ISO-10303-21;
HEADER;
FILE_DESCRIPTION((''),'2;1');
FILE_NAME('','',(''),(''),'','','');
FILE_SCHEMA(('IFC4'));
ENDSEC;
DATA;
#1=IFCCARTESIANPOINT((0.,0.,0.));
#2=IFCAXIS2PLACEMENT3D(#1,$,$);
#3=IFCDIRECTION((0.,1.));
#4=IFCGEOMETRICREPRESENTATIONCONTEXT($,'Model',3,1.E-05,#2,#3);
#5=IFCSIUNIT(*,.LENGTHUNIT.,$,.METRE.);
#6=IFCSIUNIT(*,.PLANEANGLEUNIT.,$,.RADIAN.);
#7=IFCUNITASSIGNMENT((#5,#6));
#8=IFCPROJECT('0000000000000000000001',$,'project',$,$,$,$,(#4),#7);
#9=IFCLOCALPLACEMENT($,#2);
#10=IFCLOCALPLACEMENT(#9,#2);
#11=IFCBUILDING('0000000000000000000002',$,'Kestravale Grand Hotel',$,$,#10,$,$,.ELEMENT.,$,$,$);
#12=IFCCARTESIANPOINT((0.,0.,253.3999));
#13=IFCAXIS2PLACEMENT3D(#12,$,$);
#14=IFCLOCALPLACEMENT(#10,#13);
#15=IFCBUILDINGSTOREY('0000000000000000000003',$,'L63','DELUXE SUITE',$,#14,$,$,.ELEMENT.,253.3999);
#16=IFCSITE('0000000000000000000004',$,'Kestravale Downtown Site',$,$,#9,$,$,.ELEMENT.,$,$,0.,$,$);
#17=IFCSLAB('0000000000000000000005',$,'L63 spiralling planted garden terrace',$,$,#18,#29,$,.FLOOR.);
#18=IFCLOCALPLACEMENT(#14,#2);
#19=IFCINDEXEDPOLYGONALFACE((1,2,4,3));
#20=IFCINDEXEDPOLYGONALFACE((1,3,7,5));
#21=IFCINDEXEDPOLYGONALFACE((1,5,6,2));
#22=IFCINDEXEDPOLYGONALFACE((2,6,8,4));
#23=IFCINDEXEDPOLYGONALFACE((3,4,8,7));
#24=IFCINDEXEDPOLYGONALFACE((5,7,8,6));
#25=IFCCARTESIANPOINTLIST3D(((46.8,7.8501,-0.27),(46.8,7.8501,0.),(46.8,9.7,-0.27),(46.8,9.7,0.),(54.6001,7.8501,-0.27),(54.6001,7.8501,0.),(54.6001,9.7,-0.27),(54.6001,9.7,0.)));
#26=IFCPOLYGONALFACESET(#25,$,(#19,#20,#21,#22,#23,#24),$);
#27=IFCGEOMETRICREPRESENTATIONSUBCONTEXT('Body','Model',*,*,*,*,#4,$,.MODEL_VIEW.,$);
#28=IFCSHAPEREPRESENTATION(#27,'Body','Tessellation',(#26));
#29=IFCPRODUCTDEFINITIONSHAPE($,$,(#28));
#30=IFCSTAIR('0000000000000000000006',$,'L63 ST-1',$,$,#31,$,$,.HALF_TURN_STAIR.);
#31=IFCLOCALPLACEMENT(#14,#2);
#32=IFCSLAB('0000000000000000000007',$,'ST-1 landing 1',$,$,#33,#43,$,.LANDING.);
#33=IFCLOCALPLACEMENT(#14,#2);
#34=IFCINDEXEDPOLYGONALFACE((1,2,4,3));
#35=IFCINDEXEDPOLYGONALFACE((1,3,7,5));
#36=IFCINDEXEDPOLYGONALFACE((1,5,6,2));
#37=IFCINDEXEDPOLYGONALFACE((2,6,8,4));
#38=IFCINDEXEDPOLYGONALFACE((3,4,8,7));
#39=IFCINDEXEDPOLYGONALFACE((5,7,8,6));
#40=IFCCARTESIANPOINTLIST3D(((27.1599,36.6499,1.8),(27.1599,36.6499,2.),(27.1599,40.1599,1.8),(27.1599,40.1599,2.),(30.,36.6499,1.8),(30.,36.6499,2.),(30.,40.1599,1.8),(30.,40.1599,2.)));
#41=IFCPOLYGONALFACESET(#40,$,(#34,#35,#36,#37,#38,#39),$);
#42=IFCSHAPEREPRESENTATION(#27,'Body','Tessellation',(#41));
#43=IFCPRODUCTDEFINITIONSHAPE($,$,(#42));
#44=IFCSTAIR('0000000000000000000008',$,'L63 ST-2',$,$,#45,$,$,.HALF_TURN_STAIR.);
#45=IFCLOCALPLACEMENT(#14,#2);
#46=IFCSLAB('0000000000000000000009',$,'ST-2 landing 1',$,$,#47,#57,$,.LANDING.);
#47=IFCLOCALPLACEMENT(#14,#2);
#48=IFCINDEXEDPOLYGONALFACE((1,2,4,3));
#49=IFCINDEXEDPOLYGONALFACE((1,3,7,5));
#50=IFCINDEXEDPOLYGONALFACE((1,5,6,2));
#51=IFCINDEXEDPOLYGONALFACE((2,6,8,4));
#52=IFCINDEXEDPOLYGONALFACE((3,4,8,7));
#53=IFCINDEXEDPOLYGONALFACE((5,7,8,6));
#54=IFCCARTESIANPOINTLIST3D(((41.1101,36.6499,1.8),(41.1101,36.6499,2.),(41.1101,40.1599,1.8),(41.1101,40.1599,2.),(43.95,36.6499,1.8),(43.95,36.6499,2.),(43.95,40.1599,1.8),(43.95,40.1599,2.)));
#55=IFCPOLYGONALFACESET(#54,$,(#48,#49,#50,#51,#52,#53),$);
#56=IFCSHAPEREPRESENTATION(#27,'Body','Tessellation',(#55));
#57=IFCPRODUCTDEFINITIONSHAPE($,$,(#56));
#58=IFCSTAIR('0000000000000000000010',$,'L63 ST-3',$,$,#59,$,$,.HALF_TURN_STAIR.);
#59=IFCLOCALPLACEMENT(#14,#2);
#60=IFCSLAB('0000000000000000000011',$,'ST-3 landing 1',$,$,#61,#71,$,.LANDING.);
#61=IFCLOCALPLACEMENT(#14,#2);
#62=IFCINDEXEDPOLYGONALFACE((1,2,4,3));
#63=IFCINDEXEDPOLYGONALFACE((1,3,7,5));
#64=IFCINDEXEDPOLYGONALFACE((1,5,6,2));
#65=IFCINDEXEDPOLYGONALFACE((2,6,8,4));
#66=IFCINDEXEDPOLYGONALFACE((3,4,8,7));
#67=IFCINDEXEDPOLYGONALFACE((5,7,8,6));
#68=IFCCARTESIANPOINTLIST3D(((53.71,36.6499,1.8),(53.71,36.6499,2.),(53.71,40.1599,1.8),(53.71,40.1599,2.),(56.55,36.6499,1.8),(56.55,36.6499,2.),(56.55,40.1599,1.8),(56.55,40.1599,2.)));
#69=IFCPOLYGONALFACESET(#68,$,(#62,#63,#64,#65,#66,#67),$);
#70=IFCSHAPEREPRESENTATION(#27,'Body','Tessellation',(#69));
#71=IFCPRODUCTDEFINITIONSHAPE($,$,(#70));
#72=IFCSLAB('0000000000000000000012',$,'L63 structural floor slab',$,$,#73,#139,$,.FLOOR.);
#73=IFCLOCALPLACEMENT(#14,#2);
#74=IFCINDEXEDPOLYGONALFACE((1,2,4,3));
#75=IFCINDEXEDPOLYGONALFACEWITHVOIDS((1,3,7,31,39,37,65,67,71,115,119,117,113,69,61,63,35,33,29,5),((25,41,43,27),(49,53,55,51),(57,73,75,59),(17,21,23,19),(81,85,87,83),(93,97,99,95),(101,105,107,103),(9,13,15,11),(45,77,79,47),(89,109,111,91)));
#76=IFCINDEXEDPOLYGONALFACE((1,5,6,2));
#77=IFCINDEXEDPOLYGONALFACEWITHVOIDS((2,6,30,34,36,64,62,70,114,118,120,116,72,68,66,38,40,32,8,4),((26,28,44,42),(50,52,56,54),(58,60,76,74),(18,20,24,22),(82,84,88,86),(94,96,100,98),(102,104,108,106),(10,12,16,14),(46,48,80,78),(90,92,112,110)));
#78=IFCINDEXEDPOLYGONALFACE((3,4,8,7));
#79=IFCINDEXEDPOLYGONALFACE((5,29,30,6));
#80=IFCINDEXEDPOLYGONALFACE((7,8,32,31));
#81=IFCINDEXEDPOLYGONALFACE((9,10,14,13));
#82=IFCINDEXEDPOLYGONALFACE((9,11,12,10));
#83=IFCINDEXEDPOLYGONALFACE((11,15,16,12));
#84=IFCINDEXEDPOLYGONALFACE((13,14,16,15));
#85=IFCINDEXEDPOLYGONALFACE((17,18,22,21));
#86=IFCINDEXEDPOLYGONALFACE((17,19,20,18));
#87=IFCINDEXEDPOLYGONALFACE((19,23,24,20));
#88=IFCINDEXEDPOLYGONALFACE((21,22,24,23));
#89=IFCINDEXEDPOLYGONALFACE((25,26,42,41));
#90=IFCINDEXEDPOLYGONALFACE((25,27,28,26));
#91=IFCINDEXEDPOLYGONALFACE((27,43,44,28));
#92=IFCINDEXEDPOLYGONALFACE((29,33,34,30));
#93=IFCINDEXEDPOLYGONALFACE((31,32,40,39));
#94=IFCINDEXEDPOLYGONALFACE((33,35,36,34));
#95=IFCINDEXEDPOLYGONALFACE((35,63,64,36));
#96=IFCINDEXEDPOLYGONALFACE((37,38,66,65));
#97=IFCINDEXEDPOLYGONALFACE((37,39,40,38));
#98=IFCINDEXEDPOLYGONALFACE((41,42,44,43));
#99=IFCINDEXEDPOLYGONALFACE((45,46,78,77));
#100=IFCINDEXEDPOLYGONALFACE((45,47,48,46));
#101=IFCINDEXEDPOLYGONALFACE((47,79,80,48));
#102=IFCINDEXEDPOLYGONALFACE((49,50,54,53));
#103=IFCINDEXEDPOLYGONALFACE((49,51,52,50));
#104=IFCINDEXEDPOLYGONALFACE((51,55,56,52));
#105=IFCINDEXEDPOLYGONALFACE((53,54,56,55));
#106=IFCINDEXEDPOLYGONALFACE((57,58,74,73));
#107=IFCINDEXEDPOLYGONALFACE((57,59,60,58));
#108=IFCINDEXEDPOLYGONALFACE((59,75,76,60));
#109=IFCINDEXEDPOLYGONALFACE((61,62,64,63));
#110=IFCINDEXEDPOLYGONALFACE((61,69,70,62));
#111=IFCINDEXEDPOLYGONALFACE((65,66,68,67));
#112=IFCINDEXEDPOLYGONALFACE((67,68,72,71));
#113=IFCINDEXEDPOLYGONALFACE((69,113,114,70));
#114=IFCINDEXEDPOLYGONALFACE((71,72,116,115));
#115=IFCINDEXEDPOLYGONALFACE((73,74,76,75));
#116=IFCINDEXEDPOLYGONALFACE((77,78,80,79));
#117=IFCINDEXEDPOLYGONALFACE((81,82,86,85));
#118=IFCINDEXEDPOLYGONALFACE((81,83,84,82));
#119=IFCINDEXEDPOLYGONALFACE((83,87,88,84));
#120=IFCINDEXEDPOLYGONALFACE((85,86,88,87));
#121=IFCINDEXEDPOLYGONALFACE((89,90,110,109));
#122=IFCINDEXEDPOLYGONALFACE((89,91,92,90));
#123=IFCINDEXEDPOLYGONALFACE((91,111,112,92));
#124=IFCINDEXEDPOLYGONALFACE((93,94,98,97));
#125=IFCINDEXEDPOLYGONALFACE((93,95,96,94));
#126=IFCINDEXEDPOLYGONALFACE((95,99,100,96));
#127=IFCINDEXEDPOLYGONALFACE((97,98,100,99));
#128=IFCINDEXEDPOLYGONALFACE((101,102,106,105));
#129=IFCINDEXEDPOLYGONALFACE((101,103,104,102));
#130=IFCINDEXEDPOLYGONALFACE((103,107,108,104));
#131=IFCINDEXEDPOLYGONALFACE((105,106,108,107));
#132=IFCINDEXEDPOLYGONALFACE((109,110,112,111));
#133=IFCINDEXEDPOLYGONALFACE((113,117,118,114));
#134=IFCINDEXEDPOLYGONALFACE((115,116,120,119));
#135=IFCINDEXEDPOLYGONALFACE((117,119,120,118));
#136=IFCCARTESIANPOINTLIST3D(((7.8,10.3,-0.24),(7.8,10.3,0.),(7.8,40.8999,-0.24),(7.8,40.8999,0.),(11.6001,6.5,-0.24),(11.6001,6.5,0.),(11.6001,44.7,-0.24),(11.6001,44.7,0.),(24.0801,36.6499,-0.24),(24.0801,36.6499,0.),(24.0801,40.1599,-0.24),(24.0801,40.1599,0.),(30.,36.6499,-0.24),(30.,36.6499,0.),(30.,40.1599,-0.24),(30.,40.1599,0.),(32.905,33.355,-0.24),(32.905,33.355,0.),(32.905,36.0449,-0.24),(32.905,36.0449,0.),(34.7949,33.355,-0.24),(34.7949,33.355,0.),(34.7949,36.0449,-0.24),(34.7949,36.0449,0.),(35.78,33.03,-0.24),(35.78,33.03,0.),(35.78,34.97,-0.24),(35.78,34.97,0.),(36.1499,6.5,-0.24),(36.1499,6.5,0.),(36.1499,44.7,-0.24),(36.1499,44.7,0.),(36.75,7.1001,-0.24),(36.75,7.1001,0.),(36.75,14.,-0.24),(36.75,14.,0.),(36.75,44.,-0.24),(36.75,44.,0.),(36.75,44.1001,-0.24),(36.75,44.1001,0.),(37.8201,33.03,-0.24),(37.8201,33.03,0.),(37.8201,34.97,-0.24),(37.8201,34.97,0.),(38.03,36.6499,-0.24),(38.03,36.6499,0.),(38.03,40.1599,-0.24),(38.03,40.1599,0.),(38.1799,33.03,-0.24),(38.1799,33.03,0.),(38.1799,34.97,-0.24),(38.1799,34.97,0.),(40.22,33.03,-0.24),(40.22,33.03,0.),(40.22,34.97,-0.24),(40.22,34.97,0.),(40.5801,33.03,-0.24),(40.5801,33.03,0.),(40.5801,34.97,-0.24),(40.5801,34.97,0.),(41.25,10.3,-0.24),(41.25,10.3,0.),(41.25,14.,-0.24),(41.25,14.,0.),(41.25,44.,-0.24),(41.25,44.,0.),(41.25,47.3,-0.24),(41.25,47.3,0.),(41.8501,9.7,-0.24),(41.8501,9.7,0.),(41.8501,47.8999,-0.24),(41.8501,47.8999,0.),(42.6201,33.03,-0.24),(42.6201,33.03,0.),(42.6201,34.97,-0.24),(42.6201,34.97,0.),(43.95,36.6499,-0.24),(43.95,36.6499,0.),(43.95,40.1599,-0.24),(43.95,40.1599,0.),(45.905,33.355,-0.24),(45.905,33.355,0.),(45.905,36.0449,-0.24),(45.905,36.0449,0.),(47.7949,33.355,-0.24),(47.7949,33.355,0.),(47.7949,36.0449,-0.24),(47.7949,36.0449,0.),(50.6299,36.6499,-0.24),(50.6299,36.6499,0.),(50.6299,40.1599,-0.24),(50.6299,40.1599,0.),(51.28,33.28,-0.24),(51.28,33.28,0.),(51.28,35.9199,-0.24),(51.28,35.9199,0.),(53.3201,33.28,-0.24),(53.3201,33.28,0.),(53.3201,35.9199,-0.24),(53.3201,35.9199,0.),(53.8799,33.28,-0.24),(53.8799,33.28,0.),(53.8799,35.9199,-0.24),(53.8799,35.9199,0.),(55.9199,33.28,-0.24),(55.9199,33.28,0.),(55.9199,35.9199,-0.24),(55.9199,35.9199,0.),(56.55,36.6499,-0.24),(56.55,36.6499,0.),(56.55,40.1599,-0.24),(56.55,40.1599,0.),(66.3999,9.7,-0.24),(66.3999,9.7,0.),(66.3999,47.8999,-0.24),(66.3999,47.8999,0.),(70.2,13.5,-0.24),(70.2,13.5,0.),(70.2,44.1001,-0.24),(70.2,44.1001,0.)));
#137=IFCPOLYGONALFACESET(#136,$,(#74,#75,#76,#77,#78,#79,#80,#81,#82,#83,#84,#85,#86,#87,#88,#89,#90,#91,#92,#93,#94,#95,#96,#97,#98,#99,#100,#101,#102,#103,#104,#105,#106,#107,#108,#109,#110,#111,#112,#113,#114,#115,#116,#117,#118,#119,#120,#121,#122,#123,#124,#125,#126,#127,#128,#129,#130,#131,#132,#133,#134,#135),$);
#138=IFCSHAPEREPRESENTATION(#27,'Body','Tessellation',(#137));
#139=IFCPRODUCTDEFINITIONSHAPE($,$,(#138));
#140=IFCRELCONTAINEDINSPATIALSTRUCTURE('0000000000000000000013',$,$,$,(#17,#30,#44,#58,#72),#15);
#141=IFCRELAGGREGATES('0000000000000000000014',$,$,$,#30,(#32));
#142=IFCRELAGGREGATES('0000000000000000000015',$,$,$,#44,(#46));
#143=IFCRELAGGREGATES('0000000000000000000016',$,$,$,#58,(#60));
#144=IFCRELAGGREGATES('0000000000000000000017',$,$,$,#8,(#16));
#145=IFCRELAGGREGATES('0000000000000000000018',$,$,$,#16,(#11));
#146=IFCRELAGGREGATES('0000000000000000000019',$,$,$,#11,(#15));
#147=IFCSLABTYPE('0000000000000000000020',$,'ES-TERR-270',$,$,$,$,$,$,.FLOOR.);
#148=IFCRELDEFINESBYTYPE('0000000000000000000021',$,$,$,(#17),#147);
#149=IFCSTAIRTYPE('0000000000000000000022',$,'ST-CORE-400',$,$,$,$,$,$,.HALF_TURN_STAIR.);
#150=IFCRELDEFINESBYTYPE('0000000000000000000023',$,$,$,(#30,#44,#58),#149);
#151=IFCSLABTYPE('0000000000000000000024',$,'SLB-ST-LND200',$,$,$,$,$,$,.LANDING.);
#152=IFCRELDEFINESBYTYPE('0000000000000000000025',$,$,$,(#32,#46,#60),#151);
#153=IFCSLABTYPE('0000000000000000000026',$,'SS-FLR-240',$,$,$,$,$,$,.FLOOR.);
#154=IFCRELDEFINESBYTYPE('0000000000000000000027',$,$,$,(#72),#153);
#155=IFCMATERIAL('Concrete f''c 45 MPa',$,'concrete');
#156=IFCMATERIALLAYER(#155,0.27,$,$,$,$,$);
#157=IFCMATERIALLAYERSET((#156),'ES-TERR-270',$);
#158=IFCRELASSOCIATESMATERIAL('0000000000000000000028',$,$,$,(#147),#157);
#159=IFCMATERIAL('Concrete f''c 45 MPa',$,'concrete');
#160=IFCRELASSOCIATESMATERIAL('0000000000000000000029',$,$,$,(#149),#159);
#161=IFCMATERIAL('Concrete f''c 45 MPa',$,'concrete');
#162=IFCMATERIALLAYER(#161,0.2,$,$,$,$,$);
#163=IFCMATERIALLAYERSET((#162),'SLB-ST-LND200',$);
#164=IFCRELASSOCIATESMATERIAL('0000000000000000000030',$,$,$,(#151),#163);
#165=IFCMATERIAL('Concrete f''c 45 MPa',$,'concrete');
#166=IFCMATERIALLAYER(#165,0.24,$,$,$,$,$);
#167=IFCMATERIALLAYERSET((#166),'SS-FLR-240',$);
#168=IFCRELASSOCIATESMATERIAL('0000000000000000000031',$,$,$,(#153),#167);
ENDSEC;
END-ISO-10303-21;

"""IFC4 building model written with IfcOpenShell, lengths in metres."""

from ifc_helpers import new_model, si_unit, direction, frame, origin, place, context, subcontext, project, spatial, polyline, outline, extrude, material, layer, layer_set, type_object, element, aggregate, save


model = new_model("IFC4")

# Units and contexts
model_context = context("Model", 3, precision=1e-05, world=origin(), true_north=direction((0.0, 1.0)))
body_context = subcontext(model_context, "Body", "Model", "MODEL_VIEW")
ifc_project = project(units=[si_unit("LENGTHUNIT", "METRE"), si_unit("PLANEANGLEUNIT", "RADIAN")], contexts=[model_context])

# Site, building, storey
site_placement = place(None, origin())
site = spatial("IfcSite", under=ifc_project, at=site_placement, Name="Kestravale Downtown Site", CompositionType="ELEMENT", RefElevation=0.0)
building_placement = place(site_placement, origin())
building = spatial("IfcBuilding", under=site, at=building_placement, Name="Kestravale Grand Hotel", CompositionType="ELEMENT")
storey_placement = place(building_placement, frame((0.0, 0.0, 253.3999)))
storey = spatial("IfcBuildingStorey", under=building, at=storey_placement, Name="L63", Description="DELUXE SUITE", CompositionType="ELEMENT", Elevation=253.3999)

# Slab
ifc_material_1 = material(Name="Concrete f'c 45 MPa", Category="concrete")
ifc_layer_1 = layer(ifc_material_1, 0.27)
ifc_layer_set_1 = layer_set([ifc_layer_1], Name="ES-TERR-270")
slab_type_1 = type_object("IfcSlabType", Name="ES-TERR-270", PredefinedType="FLOOR", material=ifc_layer_set_1)
slab_1_placement = place(storey_placement, frame((0.0, 0.0, -0.27)))
element("IfcSlab", 1, at=slab_1_placement, inside=storey, type_object=slab_type_1, Name="L63 spiralling planted garden terrace", PredefinedType="FLOOR", context=body_context, shape_type="SweptSolid", body=[
    extrude(outline(polyline([(46.8, 7.8501), (54.6001, 7.8501), (54.6001, 9.7), (46.8, 9.7), (46.8, 7.8501)])), origin(), (0.0, 0.0, 1.0), 0.27),
])

# Stairs, slabs
ifc_material_2 = material(Name="Concrete f'c 45 MPa", Category="concrete")
stair_type = type_object("IfcStairType", Name="ST-CORE-400", PredefinedType="HALF_TURN_STAIR", material=ifc_material_2)
stair_1_placement = place(storey_placement, origin())
stair_1 = element("IfcStair", 2, at=stair_1_placement, inside=storey, type_object=stair_type, Name="L63 ST-1", PredefinedType="HALF_TURN_STAIR")
ifc_material_3 = material(Name="Concrete f'c 45 MPa", Category="concrete")
ifc_layer_2 = layer(ifc_material_3, 0.2)
ifc_layer_set_2 = layer_set([ifc_layer_2], Name="SLB-ST-LND200")
slab_type_2 = type_object("IfcSlabType", Name="SLB-ST-LND200", PredefinedType="LANDING", material=ifc_layer_set_2)
slab_2_placement = place(storey_placement, frame((0.0, 0.0, 1.8)))
slab_2 = element("IfcSlab", 3, at=slab_2_placement, type_object=slab_type_2, Name="ST-1 landing 1", PredefinedType="LANDING", context=body_context, shape_type="SweptSolid", body=[
    extrude(outline(polyline([(27.1599, 36.6499), (30.0, 36.6499), (30.0, 40.1599), (27.1599, 40.1599), (27.1599, 36.6499)])), origin(), (0.0, 0.0, 1.0), 0.2),
])
aggregate(stair_1, [slab_2])
stair_2_placement = place(storey_placement, origin())
stair_2 = element("IfcStair", 4, at=stair_2_placement, inside=storey, type_object=stair_type, Name="L63 ST-2", PredefinedType="HALF_TURN_STAIR")
slab_3_placement = place(storey_placement, frame((0.0, 0.0, 1.8)))
slab_3 = element("IfcSlab", 5, at=slab_3_placement, type_object=slab_type_2, Name="ST-2 landing 1", PredefinedType="LANDING", context=body_context, shape_type="SweptSolid", body=[
    extrude(outline(polyline([(41.1101, 36.6499), (43.95, 36.6499), (43.95, 40.1599), (41.1101, 40.1599), (41.1101, 36.6499)])), origin(), (0.0, 0.0, 1.0), 0.2),
])
aggregate(stair_2, [slab_3])
stair_3_placement = place(storey_placement, origin())
stair_3 = element("IfcStair", 6, at=stair_3_placement, inside=storey, type_object=stair_type, Name="L63 ST-3", PredefinedType="HALF_TURN_STAIR")
slab_4_placement = place(storey_placement, frame((0.0, 0.0, 1.8)))
slab_4 = element("IfcSlab", 7, at=slab_4_placement, type_object=slab_type_2, Name="ST-3 landing 1", PredefinedType="LANDING", context=body_context, shape_type="SweptSolid", body=[
    extrude(outline(polyline([(53.71, 36.6499), (56.55, 36.6499), (56.55, 40.1599), (53.71, 40.1599), (53.71, 36.6499)])), origin(), (0.0, 0.0, 1.0), 0.2),
])
aggregate(stair_3, [slab_4])

# Slab
ifc_material_4 = material(Name="Concrete f'c 45 MPa", Category="concrete")
ifc_layer_3 = layer(ifc_material_4, 0.24)
ifc_layer_set_3 = layer_set([ifc_layer_3], Name="SS-FLR-240")
slab_type_3 = type_object("IfcSlabType", Name="SS-FLR-240", PredefinedType="FLOOR", material=ifc_layer_set_3)
slab_5_placement = place(storey_placement, frame((0.0, 0.0, -0.24)))
element("IfcSlab", 8, at=slab_5_placement, inside=storey, type_object=slab_type_3, Name="L63 structural floor slab", PredefinedType="FLOOR", context=body_context, shape_type="SweptSolid", body=[
    extrude(outline(polyline([(11.6001, 6.5), (36.1499, 6.5), (36.75, 7.1001), (36.75, 14.0), (41.25, 14.0), (41.25, 10.3), (41.8501, 9.7), (66.3999, 9.7), (70.2, 13.5), (70.2, 44.1001), (66.3999, 47.8999), (41.8501, 47.8999), (41.25, 47.3), (41.25, 44.0), (36.75, 44.0), (36.75, 44.1001), (36.1499, 44.7), (11.6001, 44.7), (7.8, 40.8999), (7.8, 10.3), (11.6001, 6.5)]), holes=[polyline([(24.0801, 36.6499), (30.0, 36.6499), (30.0, 40.1599), (24.0801, 40.1599), (24.0801, 36.6499)]), polyline([(38.03, 36.6499), (43.95, 36.6499), (43.95, 40.1599), (38.03, 40.1599), (38.03, 36.6499)]), polyline([(50.6299, 36.6499), (56.55, 36.6499), (56.55, 40.1599), (50.6299, 40.1599), (50.6299, 36.6499)]), polyline([(35.78, 33.03), (37.8201, 33.03), (37.8201, 34.97), (35.78, 34.97), (35.78, 33.03)]), polyline([(38.1799, 33.03), (40.22, 33.03), (40.22, 34.97), (38.1799, 34.97), (38.1799, 33.03)]), polyline([(40.5801, 33.03), (42.6201, 33.03), (42.6201, 34.97), (40.5801, 34.97), (40.5801, 33.03)]), polyline([(32.905, 33.355), (34.7949, 33.355), (34.7949, 36.0449), (32.905, 36.0449), (32.905, 33.355)]), polyline([(45.905, 33.355), (47.7949, 33.355), (47.7949, 36.0449), (45.905, 36.0449), (45.905, 33.355)]), polyline([(51.28, 33.28), (53.3201, 33.28), (53.3201, 35.9199), (51.28, 35.9199), (51.28, 33.28)]), polyline([(53.8799, 33.28), (55.9199, 33.28), (55.9199, 35.9199), (53.8799, 35.9199), (53.8799, 33.28)])]), origin(), (0.0, 0.0, 1.0), 0.24),
])

save(model, "model.ifc")
